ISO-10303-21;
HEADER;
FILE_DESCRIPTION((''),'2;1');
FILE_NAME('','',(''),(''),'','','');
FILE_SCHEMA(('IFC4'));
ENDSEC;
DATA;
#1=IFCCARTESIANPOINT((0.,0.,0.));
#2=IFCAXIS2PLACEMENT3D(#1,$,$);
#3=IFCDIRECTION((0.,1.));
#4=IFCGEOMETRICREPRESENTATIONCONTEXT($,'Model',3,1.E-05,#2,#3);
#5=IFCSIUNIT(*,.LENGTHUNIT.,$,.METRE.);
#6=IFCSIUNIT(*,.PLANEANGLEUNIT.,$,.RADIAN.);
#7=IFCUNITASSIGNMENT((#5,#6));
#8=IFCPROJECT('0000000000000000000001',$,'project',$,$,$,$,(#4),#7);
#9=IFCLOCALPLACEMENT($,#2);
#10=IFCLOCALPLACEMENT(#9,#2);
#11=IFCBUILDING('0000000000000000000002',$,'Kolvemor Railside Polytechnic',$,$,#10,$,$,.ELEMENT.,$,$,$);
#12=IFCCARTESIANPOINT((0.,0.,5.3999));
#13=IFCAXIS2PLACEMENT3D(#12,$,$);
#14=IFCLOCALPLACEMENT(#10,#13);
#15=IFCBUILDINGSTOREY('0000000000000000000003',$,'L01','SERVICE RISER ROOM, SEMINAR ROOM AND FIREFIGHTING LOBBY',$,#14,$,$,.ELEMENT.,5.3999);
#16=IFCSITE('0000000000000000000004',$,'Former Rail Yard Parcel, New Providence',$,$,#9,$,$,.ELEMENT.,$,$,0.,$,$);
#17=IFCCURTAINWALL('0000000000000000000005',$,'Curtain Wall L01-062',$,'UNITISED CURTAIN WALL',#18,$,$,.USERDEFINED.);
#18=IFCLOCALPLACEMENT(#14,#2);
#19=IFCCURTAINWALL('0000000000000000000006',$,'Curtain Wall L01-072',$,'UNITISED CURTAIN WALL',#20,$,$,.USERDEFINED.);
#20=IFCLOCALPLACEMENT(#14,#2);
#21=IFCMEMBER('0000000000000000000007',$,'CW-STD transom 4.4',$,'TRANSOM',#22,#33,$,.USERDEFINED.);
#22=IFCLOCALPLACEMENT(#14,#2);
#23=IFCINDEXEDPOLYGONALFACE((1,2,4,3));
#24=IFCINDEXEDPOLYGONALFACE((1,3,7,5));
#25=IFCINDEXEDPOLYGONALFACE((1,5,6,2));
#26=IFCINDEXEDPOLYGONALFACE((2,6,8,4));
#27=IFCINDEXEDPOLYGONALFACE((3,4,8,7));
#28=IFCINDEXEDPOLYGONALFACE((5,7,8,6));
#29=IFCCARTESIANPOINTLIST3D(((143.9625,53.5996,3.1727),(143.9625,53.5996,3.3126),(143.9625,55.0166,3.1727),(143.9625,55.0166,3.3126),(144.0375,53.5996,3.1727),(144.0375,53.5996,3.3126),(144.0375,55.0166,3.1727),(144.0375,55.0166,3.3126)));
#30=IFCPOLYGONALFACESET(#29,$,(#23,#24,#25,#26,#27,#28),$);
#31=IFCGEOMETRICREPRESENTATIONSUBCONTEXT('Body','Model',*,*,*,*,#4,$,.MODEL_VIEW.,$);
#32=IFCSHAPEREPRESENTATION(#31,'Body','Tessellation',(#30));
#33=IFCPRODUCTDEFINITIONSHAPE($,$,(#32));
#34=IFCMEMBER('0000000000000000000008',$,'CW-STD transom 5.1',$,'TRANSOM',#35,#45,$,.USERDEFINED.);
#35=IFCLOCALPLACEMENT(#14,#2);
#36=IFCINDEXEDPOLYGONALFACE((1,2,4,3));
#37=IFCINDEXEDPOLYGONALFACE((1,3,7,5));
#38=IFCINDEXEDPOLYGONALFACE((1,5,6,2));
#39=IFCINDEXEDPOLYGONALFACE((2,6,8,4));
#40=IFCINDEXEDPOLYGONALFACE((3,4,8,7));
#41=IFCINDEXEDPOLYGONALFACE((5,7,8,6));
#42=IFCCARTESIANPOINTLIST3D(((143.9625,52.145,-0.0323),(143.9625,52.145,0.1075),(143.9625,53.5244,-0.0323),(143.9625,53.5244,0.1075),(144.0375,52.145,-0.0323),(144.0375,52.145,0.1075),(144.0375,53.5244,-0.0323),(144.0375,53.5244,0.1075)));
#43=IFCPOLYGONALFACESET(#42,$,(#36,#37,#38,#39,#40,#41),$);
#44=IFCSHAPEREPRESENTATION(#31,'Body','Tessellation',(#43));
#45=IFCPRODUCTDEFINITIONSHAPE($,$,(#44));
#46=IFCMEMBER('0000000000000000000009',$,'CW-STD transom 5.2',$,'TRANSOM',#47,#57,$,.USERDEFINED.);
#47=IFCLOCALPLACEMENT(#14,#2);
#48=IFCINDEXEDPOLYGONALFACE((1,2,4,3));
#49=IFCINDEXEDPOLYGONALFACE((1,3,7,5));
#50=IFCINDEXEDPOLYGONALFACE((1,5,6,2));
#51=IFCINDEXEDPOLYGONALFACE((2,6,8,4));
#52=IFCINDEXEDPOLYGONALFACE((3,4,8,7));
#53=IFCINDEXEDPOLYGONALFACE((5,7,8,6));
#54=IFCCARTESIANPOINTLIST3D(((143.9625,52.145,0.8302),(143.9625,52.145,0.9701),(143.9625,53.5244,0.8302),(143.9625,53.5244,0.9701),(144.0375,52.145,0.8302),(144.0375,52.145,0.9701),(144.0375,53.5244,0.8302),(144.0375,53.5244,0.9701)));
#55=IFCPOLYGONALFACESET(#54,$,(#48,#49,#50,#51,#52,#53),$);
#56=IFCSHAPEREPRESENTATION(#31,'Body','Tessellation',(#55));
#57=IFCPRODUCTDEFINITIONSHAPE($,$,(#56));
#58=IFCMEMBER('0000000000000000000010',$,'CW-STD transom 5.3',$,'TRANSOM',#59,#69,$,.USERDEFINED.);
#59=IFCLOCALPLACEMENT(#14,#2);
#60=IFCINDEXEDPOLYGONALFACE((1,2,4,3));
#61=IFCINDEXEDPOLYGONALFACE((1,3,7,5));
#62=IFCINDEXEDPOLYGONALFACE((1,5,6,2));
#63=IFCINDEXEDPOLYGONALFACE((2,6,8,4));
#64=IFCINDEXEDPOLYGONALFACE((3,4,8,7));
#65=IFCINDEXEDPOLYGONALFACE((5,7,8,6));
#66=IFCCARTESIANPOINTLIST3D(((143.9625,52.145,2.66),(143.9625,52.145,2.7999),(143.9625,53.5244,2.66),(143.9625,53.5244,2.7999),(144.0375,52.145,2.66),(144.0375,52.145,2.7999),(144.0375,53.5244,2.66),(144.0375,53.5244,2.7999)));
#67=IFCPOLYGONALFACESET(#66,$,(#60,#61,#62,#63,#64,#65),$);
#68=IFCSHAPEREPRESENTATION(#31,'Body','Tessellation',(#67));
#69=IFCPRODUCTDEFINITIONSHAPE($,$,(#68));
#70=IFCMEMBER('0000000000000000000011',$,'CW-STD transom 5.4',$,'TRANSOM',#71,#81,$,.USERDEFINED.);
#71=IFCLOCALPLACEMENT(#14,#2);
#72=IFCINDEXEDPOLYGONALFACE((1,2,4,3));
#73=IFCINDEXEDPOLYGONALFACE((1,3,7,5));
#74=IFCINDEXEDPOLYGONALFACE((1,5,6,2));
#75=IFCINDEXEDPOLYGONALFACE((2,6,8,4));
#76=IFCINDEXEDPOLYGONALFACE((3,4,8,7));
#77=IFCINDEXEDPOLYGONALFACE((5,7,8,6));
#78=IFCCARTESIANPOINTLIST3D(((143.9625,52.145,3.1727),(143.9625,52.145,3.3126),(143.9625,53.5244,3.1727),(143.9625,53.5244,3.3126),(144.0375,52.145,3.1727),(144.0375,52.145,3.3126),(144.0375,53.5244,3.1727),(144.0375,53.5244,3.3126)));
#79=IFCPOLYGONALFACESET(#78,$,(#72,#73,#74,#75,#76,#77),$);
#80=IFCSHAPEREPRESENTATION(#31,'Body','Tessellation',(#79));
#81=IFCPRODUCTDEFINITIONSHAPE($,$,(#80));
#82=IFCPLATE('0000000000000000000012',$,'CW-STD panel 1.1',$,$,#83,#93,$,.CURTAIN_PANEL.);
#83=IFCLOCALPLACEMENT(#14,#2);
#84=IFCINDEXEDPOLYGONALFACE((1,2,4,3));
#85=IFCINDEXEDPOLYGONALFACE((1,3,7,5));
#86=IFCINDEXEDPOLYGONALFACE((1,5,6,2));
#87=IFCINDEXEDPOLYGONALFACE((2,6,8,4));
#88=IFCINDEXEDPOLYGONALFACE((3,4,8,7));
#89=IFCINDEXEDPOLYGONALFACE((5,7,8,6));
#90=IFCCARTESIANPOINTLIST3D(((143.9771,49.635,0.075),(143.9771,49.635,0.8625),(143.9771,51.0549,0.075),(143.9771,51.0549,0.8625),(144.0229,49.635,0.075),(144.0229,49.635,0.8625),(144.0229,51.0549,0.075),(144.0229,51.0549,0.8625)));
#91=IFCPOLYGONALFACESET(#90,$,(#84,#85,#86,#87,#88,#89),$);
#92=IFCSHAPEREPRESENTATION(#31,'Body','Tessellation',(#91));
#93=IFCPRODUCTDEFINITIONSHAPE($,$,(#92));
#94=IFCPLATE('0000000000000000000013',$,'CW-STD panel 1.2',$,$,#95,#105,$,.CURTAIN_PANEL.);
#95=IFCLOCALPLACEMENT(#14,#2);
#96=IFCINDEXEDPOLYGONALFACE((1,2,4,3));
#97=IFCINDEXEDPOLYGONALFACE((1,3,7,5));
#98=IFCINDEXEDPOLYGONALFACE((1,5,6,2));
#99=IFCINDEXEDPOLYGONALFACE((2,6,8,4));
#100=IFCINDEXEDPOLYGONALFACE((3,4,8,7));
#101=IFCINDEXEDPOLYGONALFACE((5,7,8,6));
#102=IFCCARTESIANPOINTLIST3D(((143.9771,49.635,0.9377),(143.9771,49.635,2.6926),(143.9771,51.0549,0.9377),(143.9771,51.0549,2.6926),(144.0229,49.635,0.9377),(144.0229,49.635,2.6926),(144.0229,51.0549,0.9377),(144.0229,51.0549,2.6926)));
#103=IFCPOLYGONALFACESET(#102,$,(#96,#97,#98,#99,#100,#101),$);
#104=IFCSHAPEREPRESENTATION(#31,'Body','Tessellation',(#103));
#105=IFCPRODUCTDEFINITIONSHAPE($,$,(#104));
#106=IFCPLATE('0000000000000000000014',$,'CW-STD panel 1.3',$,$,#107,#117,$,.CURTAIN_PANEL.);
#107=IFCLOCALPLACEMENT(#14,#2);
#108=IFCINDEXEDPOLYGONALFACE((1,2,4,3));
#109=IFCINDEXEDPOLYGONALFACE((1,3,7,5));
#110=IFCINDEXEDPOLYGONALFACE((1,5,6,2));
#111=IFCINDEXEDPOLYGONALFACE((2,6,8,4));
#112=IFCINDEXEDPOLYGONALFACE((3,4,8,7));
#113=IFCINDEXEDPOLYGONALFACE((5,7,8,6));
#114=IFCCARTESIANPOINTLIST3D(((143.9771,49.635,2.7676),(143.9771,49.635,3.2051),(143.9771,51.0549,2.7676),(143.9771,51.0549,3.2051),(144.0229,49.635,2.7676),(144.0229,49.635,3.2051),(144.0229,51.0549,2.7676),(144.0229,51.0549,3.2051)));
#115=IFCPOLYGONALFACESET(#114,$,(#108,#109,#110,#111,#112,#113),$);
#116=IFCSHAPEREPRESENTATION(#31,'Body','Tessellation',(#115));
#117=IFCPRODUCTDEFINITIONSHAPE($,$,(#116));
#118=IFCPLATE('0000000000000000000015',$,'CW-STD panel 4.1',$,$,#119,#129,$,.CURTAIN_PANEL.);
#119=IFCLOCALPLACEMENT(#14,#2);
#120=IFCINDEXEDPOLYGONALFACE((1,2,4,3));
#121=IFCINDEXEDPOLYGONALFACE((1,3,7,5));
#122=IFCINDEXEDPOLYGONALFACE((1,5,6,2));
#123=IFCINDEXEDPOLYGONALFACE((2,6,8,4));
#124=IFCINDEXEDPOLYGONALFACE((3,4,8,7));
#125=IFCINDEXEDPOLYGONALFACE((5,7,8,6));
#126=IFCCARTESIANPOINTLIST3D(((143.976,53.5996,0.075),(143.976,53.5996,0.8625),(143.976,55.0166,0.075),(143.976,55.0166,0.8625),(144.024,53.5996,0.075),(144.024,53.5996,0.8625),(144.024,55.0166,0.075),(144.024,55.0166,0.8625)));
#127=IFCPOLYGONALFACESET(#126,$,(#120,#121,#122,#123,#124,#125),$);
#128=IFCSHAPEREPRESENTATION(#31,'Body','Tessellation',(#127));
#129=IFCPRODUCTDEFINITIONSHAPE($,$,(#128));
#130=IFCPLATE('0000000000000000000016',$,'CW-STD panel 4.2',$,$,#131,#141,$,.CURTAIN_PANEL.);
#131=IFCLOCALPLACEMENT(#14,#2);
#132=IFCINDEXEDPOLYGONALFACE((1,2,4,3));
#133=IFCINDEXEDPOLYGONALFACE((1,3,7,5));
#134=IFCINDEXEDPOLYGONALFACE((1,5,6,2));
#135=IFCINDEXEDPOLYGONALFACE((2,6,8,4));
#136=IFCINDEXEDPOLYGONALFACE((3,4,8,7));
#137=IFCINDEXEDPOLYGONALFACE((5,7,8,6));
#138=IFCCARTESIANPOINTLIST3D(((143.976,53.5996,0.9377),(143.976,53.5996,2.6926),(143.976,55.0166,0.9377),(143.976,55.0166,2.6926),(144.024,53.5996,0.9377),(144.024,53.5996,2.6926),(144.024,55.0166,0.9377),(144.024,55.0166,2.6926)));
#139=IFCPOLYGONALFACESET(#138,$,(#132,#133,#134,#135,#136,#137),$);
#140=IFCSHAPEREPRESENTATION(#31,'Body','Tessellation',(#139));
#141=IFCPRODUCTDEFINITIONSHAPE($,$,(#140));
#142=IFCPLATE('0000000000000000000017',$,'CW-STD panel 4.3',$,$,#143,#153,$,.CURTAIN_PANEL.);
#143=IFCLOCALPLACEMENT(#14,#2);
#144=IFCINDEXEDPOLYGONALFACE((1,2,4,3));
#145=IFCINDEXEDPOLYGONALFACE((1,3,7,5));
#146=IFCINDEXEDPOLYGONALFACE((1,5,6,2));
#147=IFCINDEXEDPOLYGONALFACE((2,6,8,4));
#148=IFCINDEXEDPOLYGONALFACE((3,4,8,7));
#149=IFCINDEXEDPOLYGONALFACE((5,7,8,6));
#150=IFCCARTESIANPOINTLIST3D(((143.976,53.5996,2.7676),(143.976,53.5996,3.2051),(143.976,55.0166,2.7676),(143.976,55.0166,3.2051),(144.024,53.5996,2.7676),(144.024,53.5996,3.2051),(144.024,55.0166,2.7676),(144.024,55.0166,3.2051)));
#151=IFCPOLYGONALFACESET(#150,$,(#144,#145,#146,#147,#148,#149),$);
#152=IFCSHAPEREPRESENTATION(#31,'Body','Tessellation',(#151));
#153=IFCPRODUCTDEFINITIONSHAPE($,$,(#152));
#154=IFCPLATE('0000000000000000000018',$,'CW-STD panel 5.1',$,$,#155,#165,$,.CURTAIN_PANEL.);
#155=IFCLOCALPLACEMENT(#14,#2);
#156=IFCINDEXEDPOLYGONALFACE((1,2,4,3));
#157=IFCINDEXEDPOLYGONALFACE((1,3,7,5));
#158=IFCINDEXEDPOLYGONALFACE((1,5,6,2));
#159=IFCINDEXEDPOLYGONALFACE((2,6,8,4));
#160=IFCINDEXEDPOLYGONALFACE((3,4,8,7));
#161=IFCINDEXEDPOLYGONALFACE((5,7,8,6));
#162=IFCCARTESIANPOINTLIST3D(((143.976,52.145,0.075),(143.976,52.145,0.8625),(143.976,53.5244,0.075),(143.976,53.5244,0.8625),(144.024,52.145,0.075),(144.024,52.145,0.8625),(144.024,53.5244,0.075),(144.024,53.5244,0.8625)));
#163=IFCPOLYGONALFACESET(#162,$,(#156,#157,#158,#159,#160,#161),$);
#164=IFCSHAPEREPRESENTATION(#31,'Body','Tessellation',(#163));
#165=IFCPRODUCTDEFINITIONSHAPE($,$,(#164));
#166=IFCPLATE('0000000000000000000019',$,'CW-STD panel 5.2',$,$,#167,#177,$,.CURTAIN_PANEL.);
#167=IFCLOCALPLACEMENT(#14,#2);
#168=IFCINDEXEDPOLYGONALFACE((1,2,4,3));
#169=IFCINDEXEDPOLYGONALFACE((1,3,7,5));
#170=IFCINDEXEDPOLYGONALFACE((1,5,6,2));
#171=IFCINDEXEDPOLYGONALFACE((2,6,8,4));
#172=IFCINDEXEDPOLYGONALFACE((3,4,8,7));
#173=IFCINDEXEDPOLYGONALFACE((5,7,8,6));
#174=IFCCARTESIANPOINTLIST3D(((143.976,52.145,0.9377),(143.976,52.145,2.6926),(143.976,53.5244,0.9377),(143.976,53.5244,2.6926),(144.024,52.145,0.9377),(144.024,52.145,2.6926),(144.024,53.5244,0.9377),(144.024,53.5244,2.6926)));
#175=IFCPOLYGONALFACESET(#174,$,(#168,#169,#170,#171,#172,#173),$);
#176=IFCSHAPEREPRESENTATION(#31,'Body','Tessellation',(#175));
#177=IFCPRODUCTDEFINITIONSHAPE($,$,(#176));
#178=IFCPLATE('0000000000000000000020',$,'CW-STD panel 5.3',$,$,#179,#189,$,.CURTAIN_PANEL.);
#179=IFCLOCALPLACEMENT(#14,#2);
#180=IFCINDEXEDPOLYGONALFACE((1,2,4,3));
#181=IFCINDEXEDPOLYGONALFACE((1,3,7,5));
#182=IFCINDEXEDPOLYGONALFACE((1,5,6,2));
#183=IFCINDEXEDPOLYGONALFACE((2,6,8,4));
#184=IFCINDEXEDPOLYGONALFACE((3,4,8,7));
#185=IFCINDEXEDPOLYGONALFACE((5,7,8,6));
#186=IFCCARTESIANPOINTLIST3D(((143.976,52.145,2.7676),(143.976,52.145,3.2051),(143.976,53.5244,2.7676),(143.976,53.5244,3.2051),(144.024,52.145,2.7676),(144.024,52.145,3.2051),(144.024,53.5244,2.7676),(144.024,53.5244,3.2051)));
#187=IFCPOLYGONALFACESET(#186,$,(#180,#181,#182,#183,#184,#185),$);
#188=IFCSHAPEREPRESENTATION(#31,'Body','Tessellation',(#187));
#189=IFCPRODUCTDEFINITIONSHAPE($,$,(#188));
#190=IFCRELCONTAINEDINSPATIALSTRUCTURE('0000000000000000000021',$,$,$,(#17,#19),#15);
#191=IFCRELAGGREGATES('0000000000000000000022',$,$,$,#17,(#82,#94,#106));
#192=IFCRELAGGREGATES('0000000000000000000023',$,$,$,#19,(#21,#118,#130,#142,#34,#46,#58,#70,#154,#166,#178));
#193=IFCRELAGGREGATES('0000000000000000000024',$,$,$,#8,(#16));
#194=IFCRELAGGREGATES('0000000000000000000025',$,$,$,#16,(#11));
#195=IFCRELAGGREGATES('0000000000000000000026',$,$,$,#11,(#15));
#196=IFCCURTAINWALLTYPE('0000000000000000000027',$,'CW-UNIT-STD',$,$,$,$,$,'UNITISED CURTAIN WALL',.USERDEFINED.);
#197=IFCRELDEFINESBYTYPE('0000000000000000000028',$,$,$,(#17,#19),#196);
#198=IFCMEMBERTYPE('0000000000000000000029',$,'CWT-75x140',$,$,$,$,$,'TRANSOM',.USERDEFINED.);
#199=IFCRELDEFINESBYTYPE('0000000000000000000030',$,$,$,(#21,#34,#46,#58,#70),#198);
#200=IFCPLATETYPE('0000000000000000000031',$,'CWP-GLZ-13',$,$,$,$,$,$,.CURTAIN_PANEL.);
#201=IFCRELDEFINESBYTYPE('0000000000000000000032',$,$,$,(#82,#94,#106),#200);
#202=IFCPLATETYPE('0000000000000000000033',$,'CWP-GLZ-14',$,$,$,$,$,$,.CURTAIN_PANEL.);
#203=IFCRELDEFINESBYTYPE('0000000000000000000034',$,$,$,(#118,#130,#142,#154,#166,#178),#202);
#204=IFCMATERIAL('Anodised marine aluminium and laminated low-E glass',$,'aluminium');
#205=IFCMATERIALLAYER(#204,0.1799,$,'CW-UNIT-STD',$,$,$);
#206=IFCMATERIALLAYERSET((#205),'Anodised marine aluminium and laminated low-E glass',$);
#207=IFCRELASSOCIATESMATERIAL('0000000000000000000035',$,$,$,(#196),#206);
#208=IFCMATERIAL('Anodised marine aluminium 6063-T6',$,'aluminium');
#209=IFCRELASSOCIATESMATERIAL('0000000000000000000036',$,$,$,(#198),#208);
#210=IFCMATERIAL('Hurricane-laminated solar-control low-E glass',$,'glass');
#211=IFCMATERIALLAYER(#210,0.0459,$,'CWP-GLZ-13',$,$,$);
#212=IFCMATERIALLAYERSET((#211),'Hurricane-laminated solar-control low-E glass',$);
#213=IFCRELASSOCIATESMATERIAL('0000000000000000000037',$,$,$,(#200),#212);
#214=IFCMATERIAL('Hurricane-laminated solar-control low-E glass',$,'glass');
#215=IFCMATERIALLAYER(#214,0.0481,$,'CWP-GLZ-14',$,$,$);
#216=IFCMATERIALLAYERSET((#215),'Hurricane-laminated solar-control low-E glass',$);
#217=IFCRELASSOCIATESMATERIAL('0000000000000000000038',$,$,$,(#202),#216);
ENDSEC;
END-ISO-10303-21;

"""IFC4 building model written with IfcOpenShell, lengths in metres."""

from ifc_helpers import new_model, si_unit, direction, frame, origin, origin_2d, place, context, subcontext, project, spatial, rectangle, extrude, material, layer, layer_set, material_profile, profile_set, type_object, element, aggregate, save


model = new_model("IFC4")

# Units and contexts
model_context = context("Model", 3, precision=1e-05, world=origin(), true_north=direction((0.0, 1.0)))
body_context = subcontext(model_context, "Body", "Model", "MODEL_VIEW")
ifc_project = project(units=[si_unit("LENGTHUNIT", "METRE"), si_unit("PLANEANGLEUNIT", "RADIAN")], contexts=[model_context])

# Site, building, storey
site_placement = place(None, origin())
site = spatial("IfcSite", under=ifc_project, at=site_placement, Name="Former Rail Yard Parcel, New Providence", CompositionType="ELEMENT", RefElevation=0.0)
building_placement = place(site_placement, origin())
building = spatial("IfcBuilding", under=site, at=building_placement, Name="Kolvemor Railside Polytechnic", CompositionType="ELEMENT")
storey_placement = place(building_placement, frame((0.0, 0.0, 5.3999)))
storey = spatial("IfcBuildingStorey", under=building, at=storey_placement, Name="L01", Description="SERVICE RISER ROOM, SEMINAR ROOM AND FIREFIGHTING LOBBY", CompositionType="ELEMENT", Elevation=5.3999)

# Curtain walls
ifc_material_1 = material(Name="Anodised marine aluminium and laminated low-E glass", Category="aluminium")
ifc_layer_1 = layer(ifc_material_1, 0.1799, Name="CW-UNIT-STD")
ifc_layer_set_1 = layer_set([ifc_layer_1], Name="Anodised marine aluminium and laminated low-E glass")
curtain_wall_type = type_object("IfcCurtainWallType", Name="CW-UNIT-STD", ElementType="UNITISED CURTAIN WALL", PredefinedType="USERDEFINED", material=ifc_layer_set_1)
curtain_wall_1_placement = place(storey_placement, origin())
curtain_wall_1 = element("IfcCurtainWall", 1, at=curtain_wall_1_placement, inside=storey, type_object=curtain_wall_type, Name="Curtain Wall L01-062", ObjectType="UNITISED CURTAIN WALL", PredefinedType="USERDEFINED")
curtain_wall_2_placement = place(storey_placement, origin())
curtain_wall_2 = element("IfcCurtainWall", 2, at=curtain_wall_2_placement, inside=storey, type_object=curtain_wall_type, Name="Curtain Wall L01-072", ObjectType="UNITISED CURTAIN WALL", PredefinedType="USERDEFINED")

# Members
ifc_material_2 = material(Name="Anodised marine aluminium 6063-T6", Category="aluminium")
ifc_material_profile_1 = material_profile(ifc_material_2, rectangle(XDim=0.075, YDim=0.1399, at=origin_2d()), Name="CW-TRN-75x140")
ifc_profile_set_1 = profile_set([ifc_material_profile_1], Name="Anodised marine aluminium 6063-T6")
member_type_1 = type_object("IfcMemberType", Name="CWT-75x140", ElementType="TRANSOM", PredefinedType="USERDEFINED", material=ifc_profile_set_1)
member_1_placement = place(storey_placement, frame((144.0, 55.0166, 3.2427), z_axis=(0.0, -1.0, 0.0), x_axis=(1.0, 0.0, 0.0)))
member_1 = element("IfcMember", 3, at=member_1_placement, type_object=member_type_1, Name="CW-STD transom 4.4", ObjectType="TRANSOM", PredefinedType="USERDEFINED", context=body_context, shape_type="SweptSolid", body=[
    extrude(rectangle(XDim=0.075, YDim=0.1399, at=origin_2d()), origin(), (0.0, 0.0, 1.0), 1.417),
])
member_2_placement = place(storey_placement, frame((144.0, 53.5244, 0.0376), z_axis=(0.0, -1.0, 0.0), x_axis=(1.0, 0.0, 0.0)))
member_2 = element("IfcMember", 4, at=member_2_placement, type_object=member_type_1, Name="CW-STD transom 5.1", ObjectType="TRANSOM", PredefinedType="USERDEFINED", context=body_context, shape_type="SweptSolid", body=[
    extrude(rectangle(XDim=0.075, YDim=0.1399, at=origin_2d()), origin(), (0.0, 0.0, 1.0), 1.3794),
])
member_3_placement = place(storey_placement, frame((144.0, 53.5244, 0.9001), z_axis=(0.0, -1.0, 0.0), x_axis=(1.0, 0.0, 0.0)))
member_3 = element("IfcMember", 5, at=member_3_placement, type_object=member_type_1, Name="CW-STD transom 5.2", ObjectType="TRANSOM", PredefinedType="USERDEFINED", context=body_context, shape_type="SweptSolid", body=[
    extrude(rectangle(XDim=0.075, YDim=0.1399, at=origin_2d()), origin(), (0.0, 0.0, 1.0), 1.3794),
])
member_4_placement = place(storey_placement, frame((144.0, 53.5244, 2.73), z_axis=(0.0, -1.0, 0.0), x_axis=(1.0, 0.0, 0.0)))
member_4 = element("IfcMember", 6, at=member_4_placement, type_object=member_type_1, Name="CW-STD transom 5.3", ObjectType="TRANSOM", PredefinedType="USERDEFINED", context=body_context, shape_type="SweptSolid", body=[
    extrude(rectangle(XDim=0.075, YDim=0.1399, at=origin_2d()), origin(), (0.0, 0.0, 1.0), 1.3794),
])
member_5_placement = place(storey_placement, frame((144.0, 53.5244, 3.2427), z_axis=(0.0, -1.0, 0.0), x_axis=(1.0, 0.0, 0.0)))
member_5 = element("IfcMember", 7, at=member_5_placement, type_object=member_type_1, Name="CW-STD transom 5.4", ObjectType="TRANSOM", PredefinedType="USERDEFINED", context=body_context, shape_type="SweptSolid", body=[
    extrude(rectangle(XDim=0.075, YDim=0.1399, at=origin_2d()), origin(), (0.0, 0.0, 1.0), 1.3794),
])

# Plates
ifc_material_3 = material(Name="Hurricane-laminated solar-control low-E glass", Category="glass")
ifc_layer_2 = layer(ifc_material_3, 0.0459, Name="CWP-GLZ-13")
ifc_layer_set_2 = layer_set([ifc_layer_2], Name="Hurricane-laminated solar-control low-E glass")
plate_type_1 = type_object("IfcPlateType", Name="CWP-GLZ-13", PredefinedType="CURTAIN_PANEL", material=ifc_layer_set_2)
plate_1_placement = place(storey_placement, frame((144.0, 50.345, 0.075), z_axis=(0.0, 0.0, 1.0), x_axis=(0.0, -1.0, 0.0)))
plate_1 = element("IfcPlate", 8, at=plate_1_placement, type_object=plate_type_1, Name="CW-STD panel 1.1", PredefinedType="CURTAIN_PANEL", context=body_context, shape_type="SweptSolid", body=[
    extrude(rectangle(XDim=1.4199, YDim=0.0459, at=origin_2d()), origin(), (0.0, 0.0, 1.0), 0.7876),
])
plate_2_placement = place(storey_placement, frame((144.0, 50.345, 0.9377), z_axis=(0.0, 0.0, 1.0), x_axis=(0.0, -1.0, 0.0)))
plate_2 = element("IfcPlate", 9, at=plate_2_placement, type_object=plate_type_1, Name="CW-STD panel 1.2", PredefinedType="CURTAIN_PANEL", context=body_context, shape_type="SweptSolid", body=[
    extrude(rectangle(XDim=1.4199, YDim=0.0459, at=origin_2d()), origin(), (0.0, 0.0, 1.0), 1.7549),
])
plate_3_placement = place(storey_placement, frame((144.0, 50.345, 2.7676), z_axis=(0.0, 0.0, 1.0), x_axis=(0.0, -1.0, 0.0)))
plate_3 = element("IfcPlate", 10, at=plate_3_placement, type_object=plate_type_1, Name="CW-STD panel 1.3", PredefinedType="CURTAIN_PANEL", context=body_context, shape_type="SweptSolid", body=[
    extrude(rectangle(XDim=1.4199, YDim=0.0459, at=origin_2d()), origin(), (0.0, 0.0, 1.0), 0.4375),
])
aggregate(curtain_wall_1, [plate_1, plate_2, plate_3])
ifc_material_4 = material(Name="Hurricane-laminated solar-control low-E glass", Category="glass")
ifc_layer_3 = layer(ifc_material_4, 0.0481, Name="CWP-GLZ-14")
ifc_layer_set_3 = layer_set([ifc_layer_3], Name="Hurricane-laminated solar-control low-E glass")
plate_type_2 = type_object("IfcPlateType", Name="CWP-GLZ-14", PredefinedType="CURTAIN_PANEL", material=ifc_layer_set_3)
plate_4_placement = place(storey_placement, frame((144.0, 54.3081, 0.075), z_axis=(0.0, 0.0, 1.0), x_axis=(0.0, -1.0, 0.0)))
plate_4 = element("IfcPlate", 11, at=plate_4_placement, type_object=plate_type_2, Name="CW-STD panel 4.1", PredefinedType="CURTAIN_PANEL", context=body_context, shape_type="SweptSolid", body=[
    extrude(rectangle(XDim=1.417, YDim=0.0481, at=origin_2d()), origin(), (0.0, 0.0, 1.0), 0.7876),
])
plate_5_placement = place(storey_placement, frame((144.0, 54.3081, 0.9377), z_axis=(0.0, 0.0, 1.0), x_axis=(0.0, -1.0, 0.0)))
plate_5 = element("IfcPlate", 12, at=plate_5_placement, type_object=plate_type_2, Name="CW-STD panel 4.2", PredefinedType="CURTAIN_PANEL", context=body_context, shape_type="SweptSolid", body=[
    extrude(rectangle(XDim=1.417, YDim=0.0481, at=origin_2d()), origin(), (0.0, 0.0, 1.0), 1.7549),
])
plate_6_placement = place(storey_placement, frame((144.0, 54.3081, 2.7676), z_axis=(0.0, 0.0, 1.0), x_axis=(0.0, -1.0, 0.0)))
plate_6 = element("IfcPlate", 13, at=plate_6_placement, type_object=plate_type_2, Name="CW-STD panel 4.3", PredefinedType="CURTAIN_PANEL", context=body_context, shape_type="SweptSolid", body=[
    extrude(rectangle(XDim=1.417, YDim=0.0481, at=origin_2d()), origin(), (0.0, 0.0, 1.0), 0.4375),
])
plate_7_placement = place(storey_placement, frame((144.0, 52.8347, 0.075), z_axis=(0.0, 0.0, 1.0), x_axis=(0.0, -1.0, 0.0)))
plate_7 = element("IfcPlate", 14, at=plate_7_placement, type_object=plate_type_2, Name="CW-STD panel 5.1", PredefinedType="CURTAIN_PANEL", context=body_context, shape_type="SweptSolid", body=[
    extrude(rectangle(XDim=1.3794, YDim=0.0481, at=origin_2d()), origin(), (0.0, 0.0, 1.0), 0.7876),
])
plate_8_placement = place(storey_placement, frame((144.0, 52.8347, 0.9377), z_axis=(0.0, 0.0, 1.0), x_axis=(0.0, -1.0, 0.0)))
plate_8 = element("IfcPlate", 15, at=plate_8_placement, type_object=plate_type_2, Name="CW-STD panel 5.2", PredefinedType="CURTAIN_PANEL", context=body_context, shape_type="SweptSolid", body=[
    extrude(rectangle(XDim=1.3794, YDim=0.0481, at=origin_2d()), origin(), (0.0, 0.0, 1.0), 1.7549),
])
plate_9_placement = place(storey_placement, frame((144.0, 52.8347, 2.7676), z_axis=(0.0, 0.0, 1.0), x_axis=(0.0, -1.0, 0.0)))
plate_9 = element("IfcPlate", 16, at=plate_9_placement, type_object=plate_type_2, Name="CW-STD panel 5.3", PredefinedType="CURTAIN_PANEL", context=body_context, shape_type="SweptSolid", body=[
    extrude(rectangle(XDim=1.3794, YDim=0.0481, at=origin_2d()), origin(), (0.0, 0.0, 1.0), 0.4375),
])
aggregate(curtain_wall_2, [member_1, plate_4, plate_5, plate_6, member_2, member_3, member_4, member_5, plate_7, plate_8, plate_9])

save(model, "model.ifc")
